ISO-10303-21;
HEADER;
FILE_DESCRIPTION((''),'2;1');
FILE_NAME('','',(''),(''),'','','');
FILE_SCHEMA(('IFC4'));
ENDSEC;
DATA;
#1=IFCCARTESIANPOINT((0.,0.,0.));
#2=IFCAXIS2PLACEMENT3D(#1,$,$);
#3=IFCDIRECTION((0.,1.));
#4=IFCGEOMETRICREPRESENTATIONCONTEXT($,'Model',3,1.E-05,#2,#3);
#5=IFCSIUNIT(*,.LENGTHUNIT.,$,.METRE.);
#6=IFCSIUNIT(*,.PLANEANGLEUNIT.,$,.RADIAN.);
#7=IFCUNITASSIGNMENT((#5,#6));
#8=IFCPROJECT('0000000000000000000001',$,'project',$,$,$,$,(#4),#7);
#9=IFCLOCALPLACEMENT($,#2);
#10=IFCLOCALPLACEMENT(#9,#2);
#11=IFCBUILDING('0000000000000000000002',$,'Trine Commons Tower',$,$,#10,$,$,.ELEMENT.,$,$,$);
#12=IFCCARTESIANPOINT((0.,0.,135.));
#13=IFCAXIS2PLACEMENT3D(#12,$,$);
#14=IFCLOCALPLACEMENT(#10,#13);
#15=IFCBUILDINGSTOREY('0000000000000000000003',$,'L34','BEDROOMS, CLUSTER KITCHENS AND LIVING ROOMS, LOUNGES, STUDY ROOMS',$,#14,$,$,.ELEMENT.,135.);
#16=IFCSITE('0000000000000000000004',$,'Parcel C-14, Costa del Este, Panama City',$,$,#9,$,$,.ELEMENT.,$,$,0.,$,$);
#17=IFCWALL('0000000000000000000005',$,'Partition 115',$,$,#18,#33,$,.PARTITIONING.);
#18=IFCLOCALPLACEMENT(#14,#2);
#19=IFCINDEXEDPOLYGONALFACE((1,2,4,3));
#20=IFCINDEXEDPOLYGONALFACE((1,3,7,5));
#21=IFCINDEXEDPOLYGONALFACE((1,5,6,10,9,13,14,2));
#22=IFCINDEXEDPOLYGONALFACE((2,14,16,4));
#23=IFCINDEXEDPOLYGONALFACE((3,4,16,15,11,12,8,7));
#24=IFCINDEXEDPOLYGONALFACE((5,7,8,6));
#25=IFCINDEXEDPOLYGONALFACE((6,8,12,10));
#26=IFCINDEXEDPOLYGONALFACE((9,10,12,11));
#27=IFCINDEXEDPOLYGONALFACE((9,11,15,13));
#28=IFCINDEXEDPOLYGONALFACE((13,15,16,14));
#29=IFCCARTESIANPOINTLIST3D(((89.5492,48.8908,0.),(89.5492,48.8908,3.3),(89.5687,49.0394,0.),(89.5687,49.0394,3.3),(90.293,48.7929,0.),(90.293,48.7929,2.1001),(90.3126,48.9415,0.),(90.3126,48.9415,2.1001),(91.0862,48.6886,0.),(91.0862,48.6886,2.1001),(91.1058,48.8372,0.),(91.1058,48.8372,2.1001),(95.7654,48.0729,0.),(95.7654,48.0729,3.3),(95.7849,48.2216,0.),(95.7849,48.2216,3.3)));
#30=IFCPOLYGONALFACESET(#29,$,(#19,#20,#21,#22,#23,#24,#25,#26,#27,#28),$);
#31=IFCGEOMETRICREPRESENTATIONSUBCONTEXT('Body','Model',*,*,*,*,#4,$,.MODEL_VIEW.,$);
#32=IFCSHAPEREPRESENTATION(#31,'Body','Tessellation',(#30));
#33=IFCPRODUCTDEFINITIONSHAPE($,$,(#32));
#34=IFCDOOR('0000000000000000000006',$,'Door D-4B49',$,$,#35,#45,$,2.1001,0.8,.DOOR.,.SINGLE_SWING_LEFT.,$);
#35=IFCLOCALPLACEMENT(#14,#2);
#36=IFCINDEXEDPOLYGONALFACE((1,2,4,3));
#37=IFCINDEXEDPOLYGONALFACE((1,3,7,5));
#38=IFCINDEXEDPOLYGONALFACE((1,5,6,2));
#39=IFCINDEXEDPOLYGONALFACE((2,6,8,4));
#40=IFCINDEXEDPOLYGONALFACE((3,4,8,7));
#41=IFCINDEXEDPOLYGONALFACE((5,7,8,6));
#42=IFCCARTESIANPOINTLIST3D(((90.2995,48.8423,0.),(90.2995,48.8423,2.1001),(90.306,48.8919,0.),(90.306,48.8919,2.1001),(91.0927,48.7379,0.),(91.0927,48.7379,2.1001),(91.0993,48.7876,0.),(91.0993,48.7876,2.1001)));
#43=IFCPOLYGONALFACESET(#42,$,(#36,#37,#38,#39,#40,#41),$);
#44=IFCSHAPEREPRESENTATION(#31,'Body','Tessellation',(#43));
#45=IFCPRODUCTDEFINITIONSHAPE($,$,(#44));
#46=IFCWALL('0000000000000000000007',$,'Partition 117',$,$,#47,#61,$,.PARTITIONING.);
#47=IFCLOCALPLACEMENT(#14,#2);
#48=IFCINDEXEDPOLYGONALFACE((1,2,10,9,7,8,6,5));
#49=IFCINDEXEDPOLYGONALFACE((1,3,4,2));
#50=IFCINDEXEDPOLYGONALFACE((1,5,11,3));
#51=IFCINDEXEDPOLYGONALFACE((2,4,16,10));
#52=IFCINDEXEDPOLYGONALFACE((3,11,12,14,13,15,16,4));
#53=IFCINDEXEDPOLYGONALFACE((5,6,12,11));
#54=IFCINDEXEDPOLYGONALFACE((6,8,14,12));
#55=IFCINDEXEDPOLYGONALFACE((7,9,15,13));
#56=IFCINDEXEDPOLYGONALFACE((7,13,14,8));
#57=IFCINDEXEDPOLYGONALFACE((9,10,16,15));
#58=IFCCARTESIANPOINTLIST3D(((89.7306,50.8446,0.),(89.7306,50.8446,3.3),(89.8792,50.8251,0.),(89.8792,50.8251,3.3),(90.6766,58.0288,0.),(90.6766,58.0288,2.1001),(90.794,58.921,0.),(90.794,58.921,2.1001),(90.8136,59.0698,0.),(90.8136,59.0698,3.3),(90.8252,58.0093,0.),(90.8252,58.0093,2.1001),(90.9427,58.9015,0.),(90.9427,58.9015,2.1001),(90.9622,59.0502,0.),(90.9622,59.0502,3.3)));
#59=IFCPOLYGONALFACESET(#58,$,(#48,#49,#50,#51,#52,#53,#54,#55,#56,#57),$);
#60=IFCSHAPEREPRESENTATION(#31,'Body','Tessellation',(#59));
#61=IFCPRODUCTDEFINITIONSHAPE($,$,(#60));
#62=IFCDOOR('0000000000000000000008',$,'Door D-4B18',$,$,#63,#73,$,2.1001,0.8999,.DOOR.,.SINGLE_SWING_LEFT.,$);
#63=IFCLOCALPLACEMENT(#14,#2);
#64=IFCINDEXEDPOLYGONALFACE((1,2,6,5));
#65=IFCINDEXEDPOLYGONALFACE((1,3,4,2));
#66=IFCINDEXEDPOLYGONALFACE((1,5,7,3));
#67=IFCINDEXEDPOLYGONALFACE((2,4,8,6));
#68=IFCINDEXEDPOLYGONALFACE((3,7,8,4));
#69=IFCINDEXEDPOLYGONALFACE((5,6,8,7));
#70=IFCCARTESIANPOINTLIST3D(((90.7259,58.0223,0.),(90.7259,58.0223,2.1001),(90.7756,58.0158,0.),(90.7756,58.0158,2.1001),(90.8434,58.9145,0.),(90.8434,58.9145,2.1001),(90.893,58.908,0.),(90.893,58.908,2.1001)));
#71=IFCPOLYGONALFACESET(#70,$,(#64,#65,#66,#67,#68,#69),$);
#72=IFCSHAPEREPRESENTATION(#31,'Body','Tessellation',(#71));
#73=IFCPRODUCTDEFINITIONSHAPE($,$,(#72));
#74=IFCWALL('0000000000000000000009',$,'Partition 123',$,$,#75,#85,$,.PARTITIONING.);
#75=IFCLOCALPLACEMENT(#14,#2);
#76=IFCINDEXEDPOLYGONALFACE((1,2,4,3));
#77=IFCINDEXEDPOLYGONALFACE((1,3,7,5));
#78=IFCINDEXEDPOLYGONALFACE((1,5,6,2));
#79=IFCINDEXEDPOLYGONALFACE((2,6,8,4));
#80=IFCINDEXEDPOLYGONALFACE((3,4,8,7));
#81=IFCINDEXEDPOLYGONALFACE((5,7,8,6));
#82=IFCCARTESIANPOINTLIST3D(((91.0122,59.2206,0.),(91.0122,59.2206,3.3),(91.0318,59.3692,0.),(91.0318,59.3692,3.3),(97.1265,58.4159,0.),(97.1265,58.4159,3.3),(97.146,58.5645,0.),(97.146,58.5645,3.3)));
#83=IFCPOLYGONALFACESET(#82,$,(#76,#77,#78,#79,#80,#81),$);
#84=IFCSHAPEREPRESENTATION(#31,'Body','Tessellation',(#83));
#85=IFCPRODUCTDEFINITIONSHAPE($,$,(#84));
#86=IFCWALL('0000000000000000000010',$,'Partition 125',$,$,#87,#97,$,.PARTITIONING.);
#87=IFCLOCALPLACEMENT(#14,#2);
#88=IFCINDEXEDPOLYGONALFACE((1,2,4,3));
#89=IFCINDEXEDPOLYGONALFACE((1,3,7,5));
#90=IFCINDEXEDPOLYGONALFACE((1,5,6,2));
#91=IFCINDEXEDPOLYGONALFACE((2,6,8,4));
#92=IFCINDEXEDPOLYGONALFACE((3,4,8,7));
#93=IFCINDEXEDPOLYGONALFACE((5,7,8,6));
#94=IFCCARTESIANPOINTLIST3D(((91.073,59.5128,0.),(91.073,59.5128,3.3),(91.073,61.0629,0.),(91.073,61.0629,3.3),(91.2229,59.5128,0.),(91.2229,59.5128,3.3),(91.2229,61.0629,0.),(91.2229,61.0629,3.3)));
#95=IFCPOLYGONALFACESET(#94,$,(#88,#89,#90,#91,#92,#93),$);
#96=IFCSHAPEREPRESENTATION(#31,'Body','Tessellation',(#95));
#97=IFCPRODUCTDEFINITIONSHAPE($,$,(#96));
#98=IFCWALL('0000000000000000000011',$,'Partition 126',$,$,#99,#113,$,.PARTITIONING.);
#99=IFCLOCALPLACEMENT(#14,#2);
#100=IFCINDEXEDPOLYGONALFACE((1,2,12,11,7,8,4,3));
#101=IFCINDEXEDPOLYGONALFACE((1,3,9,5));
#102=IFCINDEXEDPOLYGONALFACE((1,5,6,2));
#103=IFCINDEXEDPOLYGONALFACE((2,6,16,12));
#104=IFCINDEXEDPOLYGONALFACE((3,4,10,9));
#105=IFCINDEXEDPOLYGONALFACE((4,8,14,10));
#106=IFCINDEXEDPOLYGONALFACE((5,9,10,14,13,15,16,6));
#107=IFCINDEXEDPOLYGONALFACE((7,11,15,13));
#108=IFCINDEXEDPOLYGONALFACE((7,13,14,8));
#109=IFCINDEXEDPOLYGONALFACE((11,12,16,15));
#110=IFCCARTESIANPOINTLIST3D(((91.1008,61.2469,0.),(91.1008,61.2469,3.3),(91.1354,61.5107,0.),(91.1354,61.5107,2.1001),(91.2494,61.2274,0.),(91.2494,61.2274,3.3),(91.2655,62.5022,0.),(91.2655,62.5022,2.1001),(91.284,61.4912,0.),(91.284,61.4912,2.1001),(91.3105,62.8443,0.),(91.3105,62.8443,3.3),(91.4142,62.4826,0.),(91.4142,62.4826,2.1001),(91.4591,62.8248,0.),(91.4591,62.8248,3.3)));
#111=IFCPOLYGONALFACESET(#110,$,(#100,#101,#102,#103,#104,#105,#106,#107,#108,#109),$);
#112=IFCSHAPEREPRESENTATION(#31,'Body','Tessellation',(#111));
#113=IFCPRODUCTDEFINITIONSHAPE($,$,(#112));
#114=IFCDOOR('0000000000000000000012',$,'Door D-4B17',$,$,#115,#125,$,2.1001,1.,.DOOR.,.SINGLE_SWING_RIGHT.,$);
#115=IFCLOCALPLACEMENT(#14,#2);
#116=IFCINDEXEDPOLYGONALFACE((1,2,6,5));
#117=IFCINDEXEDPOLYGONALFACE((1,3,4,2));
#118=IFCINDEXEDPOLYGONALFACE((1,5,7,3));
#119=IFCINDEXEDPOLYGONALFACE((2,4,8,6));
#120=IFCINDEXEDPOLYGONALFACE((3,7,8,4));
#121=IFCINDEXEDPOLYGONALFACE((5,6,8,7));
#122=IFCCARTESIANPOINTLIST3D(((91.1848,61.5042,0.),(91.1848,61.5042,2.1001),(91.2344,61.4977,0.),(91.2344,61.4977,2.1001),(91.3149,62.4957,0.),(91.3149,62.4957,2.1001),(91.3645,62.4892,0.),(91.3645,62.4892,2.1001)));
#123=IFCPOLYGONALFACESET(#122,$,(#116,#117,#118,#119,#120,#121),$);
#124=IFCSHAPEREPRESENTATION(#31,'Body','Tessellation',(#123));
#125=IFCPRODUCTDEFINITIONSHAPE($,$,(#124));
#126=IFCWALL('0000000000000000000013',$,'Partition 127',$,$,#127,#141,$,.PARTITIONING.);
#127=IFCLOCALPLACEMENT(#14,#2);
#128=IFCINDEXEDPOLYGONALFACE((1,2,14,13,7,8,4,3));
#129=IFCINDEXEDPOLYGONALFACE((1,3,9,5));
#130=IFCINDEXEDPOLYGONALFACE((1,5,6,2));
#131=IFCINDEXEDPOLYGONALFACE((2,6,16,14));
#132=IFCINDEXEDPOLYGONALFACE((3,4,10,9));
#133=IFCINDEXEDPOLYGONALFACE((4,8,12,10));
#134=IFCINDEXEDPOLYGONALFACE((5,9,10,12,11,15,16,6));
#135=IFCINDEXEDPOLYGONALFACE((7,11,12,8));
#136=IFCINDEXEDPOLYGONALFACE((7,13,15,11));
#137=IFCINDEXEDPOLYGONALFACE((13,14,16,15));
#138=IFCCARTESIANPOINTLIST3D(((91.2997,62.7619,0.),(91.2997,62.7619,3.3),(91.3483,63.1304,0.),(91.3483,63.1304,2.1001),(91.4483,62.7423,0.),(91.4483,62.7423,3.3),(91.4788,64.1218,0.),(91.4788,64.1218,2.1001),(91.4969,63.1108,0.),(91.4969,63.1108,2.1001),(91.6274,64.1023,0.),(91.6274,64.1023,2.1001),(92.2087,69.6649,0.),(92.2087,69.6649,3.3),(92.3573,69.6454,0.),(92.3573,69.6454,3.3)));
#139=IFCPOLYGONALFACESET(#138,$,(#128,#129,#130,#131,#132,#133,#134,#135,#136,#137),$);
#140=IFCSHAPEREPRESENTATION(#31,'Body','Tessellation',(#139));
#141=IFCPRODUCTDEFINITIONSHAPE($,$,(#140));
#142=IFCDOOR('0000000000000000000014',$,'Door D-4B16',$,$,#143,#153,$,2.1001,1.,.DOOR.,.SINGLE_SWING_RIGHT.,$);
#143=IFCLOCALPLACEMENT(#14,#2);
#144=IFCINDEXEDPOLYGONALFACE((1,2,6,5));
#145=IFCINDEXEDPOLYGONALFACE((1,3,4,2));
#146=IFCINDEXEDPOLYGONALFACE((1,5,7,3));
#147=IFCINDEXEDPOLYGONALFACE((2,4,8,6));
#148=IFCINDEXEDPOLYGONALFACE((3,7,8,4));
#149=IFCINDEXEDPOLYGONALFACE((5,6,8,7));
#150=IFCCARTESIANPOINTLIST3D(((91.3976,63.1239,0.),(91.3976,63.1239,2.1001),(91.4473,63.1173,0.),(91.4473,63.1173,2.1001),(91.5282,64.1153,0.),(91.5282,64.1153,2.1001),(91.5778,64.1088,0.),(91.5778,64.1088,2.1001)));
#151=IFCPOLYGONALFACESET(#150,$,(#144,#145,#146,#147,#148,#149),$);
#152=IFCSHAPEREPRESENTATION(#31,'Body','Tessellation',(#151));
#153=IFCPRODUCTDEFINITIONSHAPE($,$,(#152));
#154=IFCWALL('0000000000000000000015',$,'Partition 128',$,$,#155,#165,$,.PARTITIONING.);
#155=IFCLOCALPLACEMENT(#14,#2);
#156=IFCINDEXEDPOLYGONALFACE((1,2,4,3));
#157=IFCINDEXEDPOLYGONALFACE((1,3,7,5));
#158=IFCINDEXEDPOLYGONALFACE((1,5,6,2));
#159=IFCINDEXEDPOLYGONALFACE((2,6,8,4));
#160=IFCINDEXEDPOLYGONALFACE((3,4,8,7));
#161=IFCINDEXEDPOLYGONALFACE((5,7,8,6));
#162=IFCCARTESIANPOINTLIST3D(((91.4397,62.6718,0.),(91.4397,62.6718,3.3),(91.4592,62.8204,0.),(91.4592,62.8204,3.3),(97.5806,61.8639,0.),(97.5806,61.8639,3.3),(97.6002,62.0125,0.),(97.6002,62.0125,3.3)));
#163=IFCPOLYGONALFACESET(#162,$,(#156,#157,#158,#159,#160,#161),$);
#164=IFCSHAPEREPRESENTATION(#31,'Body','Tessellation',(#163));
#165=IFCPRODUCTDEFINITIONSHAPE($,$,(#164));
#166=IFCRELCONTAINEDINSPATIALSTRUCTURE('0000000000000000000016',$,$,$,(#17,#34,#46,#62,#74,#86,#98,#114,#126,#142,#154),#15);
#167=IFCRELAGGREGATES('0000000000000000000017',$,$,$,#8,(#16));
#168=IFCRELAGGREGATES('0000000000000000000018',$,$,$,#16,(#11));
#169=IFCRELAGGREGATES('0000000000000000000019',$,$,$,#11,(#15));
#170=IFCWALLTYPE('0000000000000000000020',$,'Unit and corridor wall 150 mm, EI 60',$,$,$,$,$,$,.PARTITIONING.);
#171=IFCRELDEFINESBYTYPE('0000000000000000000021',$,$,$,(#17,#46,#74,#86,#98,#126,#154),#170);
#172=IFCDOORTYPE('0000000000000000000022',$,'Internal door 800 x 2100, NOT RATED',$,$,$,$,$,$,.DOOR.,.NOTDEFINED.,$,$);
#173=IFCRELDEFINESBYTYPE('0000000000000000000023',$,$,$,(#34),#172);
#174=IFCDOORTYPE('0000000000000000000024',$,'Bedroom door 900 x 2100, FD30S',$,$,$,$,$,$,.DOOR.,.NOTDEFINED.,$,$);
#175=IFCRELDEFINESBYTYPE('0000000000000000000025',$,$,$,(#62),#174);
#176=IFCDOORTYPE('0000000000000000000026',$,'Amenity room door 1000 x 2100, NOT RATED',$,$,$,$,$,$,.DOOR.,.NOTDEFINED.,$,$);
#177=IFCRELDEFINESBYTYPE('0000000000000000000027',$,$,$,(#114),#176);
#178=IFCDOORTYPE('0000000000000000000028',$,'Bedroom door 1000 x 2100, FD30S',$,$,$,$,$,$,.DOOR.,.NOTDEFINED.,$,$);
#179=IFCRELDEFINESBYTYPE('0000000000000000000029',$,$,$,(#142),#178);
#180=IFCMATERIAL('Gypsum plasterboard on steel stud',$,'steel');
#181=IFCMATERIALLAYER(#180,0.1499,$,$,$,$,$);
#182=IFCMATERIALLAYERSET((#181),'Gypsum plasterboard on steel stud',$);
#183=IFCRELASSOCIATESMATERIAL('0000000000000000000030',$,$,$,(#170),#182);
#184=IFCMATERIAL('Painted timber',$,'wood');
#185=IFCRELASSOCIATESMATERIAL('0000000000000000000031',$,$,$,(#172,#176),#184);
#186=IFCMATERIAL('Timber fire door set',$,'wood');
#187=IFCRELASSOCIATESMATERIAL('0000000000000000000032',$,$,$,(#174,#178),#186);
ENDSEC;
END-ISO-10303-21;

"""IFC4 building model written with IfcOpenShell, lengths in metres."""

from ifc_helpers import new_model, si_unit, direction, frame, frame_2d, origin, place, context, subcontext, project, spatial, rectangle, extrude, material, layer, layer_set, type_object, element, fill, save


model = new_model("IFC4")

# Units and contexts
model_context = context("Model", 3, precision=1e-05, world=origin(), true_north=direction((0.0, 1.0)))
body_context = subcontext(model_context, "Body", "Model", "MODEL_VIEW")
ifc_project = project(units=[si_unit("LENGTHUNIT", "METRE"), si_unit("PLANEANGLEUNIT", "RADIAN")], contexts=[model_context])

# Site, building, storey
site_placement = place(None, origin())
site = spatial("IfcSite", under=ifc_project, at=site_placement, Name="Parcel C-14, Costa del Este, Panama City", CompositionType="ELEMENT", RefElevation=0.0)
building_placement = place(site_placement, origin())
building = spatial("IfcBuilding", under=site, at=building_placement, Name="Trine Commons Tower", CompositionType="ELEMENT")
storey_placement = place(building_placement, frame((0.0, 0.0, 135.0)))
storey = spatial("IfcBuildingStorey", under=building, at=storey_placement, Name="L34", Description="BEDROOMS, CLUSTER KITCHENS AND LIVING ROOMS, LOUNGES, STUDY ROOMS", CompositionType="ELEMENT", Elevation=135.0)

# Shared definitions
ifc_material_1 = material(Name="Gypsum plasterboard on steel stud", Category="steel")
ifc_layer_1 = layer(ifc_material_1, 0.1499)
ifc_layer_set_1 = layer_set([ifc_layer_1], Name="Gypsum plasterboard on steel stud")
wall_type_1 = type_object("IfcWallType", Name="Unit and corridor wall 150 mm, EI 60", PredefinedType="PARTITIONING", material=ifc_layer_set_1)

# Walls, openings, doors
wall_1_placement = place(storey_placement, frame((89.5591, 48.9651, 0.0), z_axis=(0.0, 0.0, 1.0), x_axis=(0.991456, -0.130444, 0.0)))
wall_1 = element("IfcWall", 1, at=wall_1_placement, inside=storey, type_object=wall_type_1, Name="Partition 115", PredefinedType="PARTITIONING", context=body_context, shape_type="SweptSolid", body=[
    extrude(rectangle(XDim=6.2698, YDim=0.1499, at=frame_2d((3.1348, 0.0))), origin(), (0.0, 0.0, 1.0), 3.3),
])
opening_1_placement = place(wall_1_placement, frame((0.7502, 0.0, 0.0)))
opening_1 = element("IfcOpeningElement", 2, at=opening_1_placement, cuts=wall_1, PredefinedType="OPENING", context=body_context, shape_type="SweptSolid", body=[
    extrude(rectangle(XDim=0.8, YDim=2.1001, at=frame_2d((0.3999, 1.05))), frame((0.0, 0.085, 0.0), z_axis=(0.0, -1.0, 0.0), x_axis=(1.0, 0.0, 0.0)), (0.0, 0.0, 1.0), 0.1699),
])
ifc_material_2 = material(Name="Painted timber", Category="wood")
door_type_1 = type_object("IfcDoorType", Name="Internal door 800 x 2100, NOT RATED", OperationType="NOTDEFINED", PredefinedType="DOOR", material=ifc_material_2)
door_1_placement = place(opening_1_placement, origin())
door_1 = element("IfcDoor", 3, at=door_1_placement, inside=storey, type_object=door_type_1, Name="Door D-4B49", OperationType="SINGLE_SWING_LEFT", OverallHeight=2.1001, OverallWidth=0.8, PredefinedType="DOOR", context=body_context, shape_type="SweptSolid", body=[
    extrude(rectangle(XDim=0.8, YDim=2.1001, at=frame_2d((0.3999, 1.05))), frame((0.0, 0.0249, 0.0), z_axis=(0.0, -1.0, 0.0), x_axis=(1.0, 0.0, 0.0)), (0.0, 0.0, 1.0), 0.05),
])
fill(opening_1, door_1)
wall_2_placement = place(storey_placement, frame((89.8049, 50.835, 0.0), z_axis=(0.0, 0.0, 1.0), x_axis=(0.130544, 0.991442, 0.0)))
wall_2 = element("IfcWall", 4, at=wall_2_placement, inside=storey, type_object=wall_type_1, Name="Partition 117", PredefinedType="PARTITIONING", context=body_context, shape_type="SweptSolid", body=[
    extrude(rectangle(XDim=8.2961, YDim=0.1499, at=frame_2d((4.1479, 0.0))), origin(), (0.0, 0.0, 1.0), 3.3),
])
opening_2_placement = place(wall_2_placement, frame((7.2461, 0.0, 0.0)))
opening_2 = element("IfcOpeningElement", 5, at=opening_2_placement, cuts=wall_2, PredefinedType="OPENING", context=body_context, shape_type="SweptSolid", body=[
    extrude(rectangle(XDim=0.8999, YDim=2.1001, at=frame_2d((0.45, 1.05))), frame((0.0, 0.085, 0.0), z_axis=(0.0, -1.0, 0.0), x_axis=(1.0, 0.0, 0.0)), (0.0, 0.0, 1.0), 0.1699),
])
ifc_material_3 = material(Name="Timber fire door set", Category="wood")
door_type_2 = type_object("IfcDoorType", Name="Bedroom door 900 x 2100, FD30S", OperationType="NOTDEFINED", PredefinedType="DOOR", material=ifc_material_3)
door_2_placement = place(opening_2_placement, frame((0.8999, 0.0, 0.0), z_axis=(0.0, 0.0, 1.0), x_axis=(-1.0, 0.0, 0.0)))
door_2 = element("IfcDoor", 6, at=door_2_placement, inside=storey, type_object=door_type_2, Name="Door D-4B18", OperationType="SINGLE_SWING_LEFT", OverallHeight=2.1001, OverallWidth=0.8999, PredefinedType="DOOR", context=body_context, shape_type="SweptSolid", body=[
    extrude(rectangle(XDim=0.8999, YDim=2.1001, at=frame_2d((0.45, 1.05))), frame((0.0, 0.0249, 0.0), z_axis=(0.0, -1.0, 0.0), x_axis=(1.0, 0.0, 0.0)), (0.0, 0.0, 1.0), 0.05),
])
fill(opening_2, door_2)

# Walls
wall_3_placement = place(storey_placement, frame((91.022, 59.2949, 0.0), z_axis=(0.0, 0.0, 1.0), x_axis=(0.991451, -0.130483, 0.0)))
element("IfcWall", 7, at=wall_3_placement, inside=storey, type_object=wall_type_1, Name="Partition 123", PredefinedType="PARTITIONING", context=body_context, shape_type="SweptSolid", body=[
    extrude(rectangle(XDim=6.167, YDim=0.1499, at=frame_2d((3.0835, 0.0))), origin(), (0.0, 0.0, 1.0), 3.3),
])
wall_4_placement = place(storey_placement, frame((91.1479, 59.5129, 0.0), z_axis=(0.0, 0.0, 1.0), x_axis=(0.0, 1.0, 0.0)))
element("IfcWall", 8, at=wall_4_placement, inside=storey, type_object=wall_type_1, Name="Partition 125", PredefinedType="PARTITIONING", context=body_context, shape_type="SweptSolid", body=[
    extrude(rectangle(XDim=1.55, YDim=0.1499, at=frame_2d((0.7749, 0.0))), origin(), (0.0, 0.0, 1.0), 3.3),
])

# Walls, openings, doors
wall_5_placement = place(storey_placement, frame((91.175, 61.2371, 0.0), z_axis=(0.0, 0.0, 1.0), x_axis=(0.130168, 0.991492, 0.0)))
wall_5 = element("IfcWall", 9, at=wall_5_placement, inside=storey, type_object=wall_type_1, Name="Partition 126", PredefinedType="PARTITIONING", context=body_context, shape_type="SweptSolid", body=[
    extrude(rectangle(XDim=1.6111, YDim=0.1499, at=frame_2d((0.8057, 0.0))), origin(), (0.0, 0.0, 1.0), 3.3),
])
opening_3_placement = place(wall_5_placement, frame((0.2661, 0.0, 0.0)))
opening_3 = element("IfcOpeningElement", 10, at=opening_3_placement, cuts=wall_5, PredefinedType="OPENING", context=body_context, shape_type="SweptSolid", body=[
    extrude(rectangle(XDim=1.0, YDim=2.1001, at=frame_2d((0.5, 1.05))), frame((0.0, 0.085, 0.0), z_axis=(0.0, -1.0, 0.0), x_axis=(1.0, 0.0, 0.0)), (0.0, 0.0, 1.0), 0.1699),
])
door_type_3 = type_object("IfcDoorType", Name="Amenity room door 1000 x 2100, NOT RATED", OperationType="NOTDEFINED", PredefinedType="DOOR", material=ifc_material_2)
door_3_placement = place(opening_3_placement, frame((1.0, 0.0, 0.0), z_axis=(0.0, 0.0, 1.0), x_axis=(-1.0, 0.0, 0.0)))
door_3 = element("IfcDoor", 11, at=door_3_placement, inside=storey, type_object=door_type_3, Name="Door D-4B17", OperationType="SINGLE_SWING_RIGHT", OverallHeight=2.1001, OverallWidth=1.0, PredefinedType="DOOR", context=body_context, shape_type="SweptSolid", body=[
    extrude(rectangle(XDim=1.0, YDim=2.1001, at=frame_2d((0.5, 1.05))), frame((0.0, 0.0249, 0.0), z_axis=(0.0, -1.0, 0.0), x_axis=(1.0, 0.0, 0.0)), (0.0, 0.0, 1.0), 0.05),
])
fill(opening_3, door_3)
wall_6_placement = place(storey_placement, frame((91.374, 62.752, 0.0), z_axis=(0.0, 0.0, 1.0), x_axis=(0.130544, 0.991442, 0.0)))
wall_6 = element("IfcWall", 12, at=wall_6_placement, inside=storey, type_object=wall_type_1, Name="Partition 127", PredefinedType="PARTITIONING", context=body_context, shape_type="SweptSolid", body=[
    extrude(rectangle(XDim=6.9626, YDim=0.1499, at=frame_2d((3.4814, 0.0))), origin(), (0.0, 0.0, 1.0), 3.3),
])
opening_4_placement = place(wall_6_placement, frame((0.3718, 0.0, 0.0)))
opening_4 = element("IfcOpeningElement", 13, at=opening_4_placement, cuts=wall_6, PredefinedType="OPENING", context=body_context, shape_type="SweptSolid", body=[
    extrude(rectangle(XDim=1.0, YDim=2.1001, at=frame_2d((0.5, 1.05))), frame((0.0, 0.085, 0.0), z_axis=(0.0, -1.0, 0.0), x_axis=(1.0, 0.0, 0.0)), (0.0, 0.0, 1.0), 0.1699),
])
door_type_4 = type_object("IfcDoorType", Name="Bedroom door 1000 x 2100, FD30S", OperationType="NOTDEFINED", PredefinedType="DOOR", material=ifc_material_3)
door_4_placement = place(opening_4_placement, frame((1.0, 0.0, 0.0), z_axis=(0.0, 0.0, 1.0), x_axis=(-1.0, 0.0, 0.0)))
door_4 = element("IfcDoor", 14, at=door_4_placement, inside=storey, type_object=door_type_4, Name="Door D-4B16", OperationType="SINGLE_SWING_RIGHT", OverallHeight=2.1001, OverallWidth=1.0, PredefinedType="DOOR", context=body_context, shape_type="SweptSolid", body=[
    extrude(rectangle(XDim=1.0, YDim=2.1001, at=frame_2d((0.5, 1.05))), frame((0.0, 0.0249, 0.0), z_axis=(0.0, -1.0, 0.0), x_axis=(1.0, 0.0, 0.0)), (0.0, 0.0, 1.0), 0.05),
])
fill(opening_4, door_4)

# Wall
wall_7_placement = place(storey_placement, frame((91.4495, 62.7461, 0.0), z_axis=(0.0, 0.0, 1.0), x_axis=(0.991457, -0.130431, 0.0)))
element("IfcWall", 15, at=wall_7_placement, inside=storey, type_object=wall_type_1, Name="Partition 128", PredefinedType="PARTITIONING", context=body_context, shape_type="SweptSolid", body=[
    extrude(rectangle(XDim=6.1938, YDim=0.1499, at=frame_2d((3.0969, 0.0))), origin(), (0.0, 0.0, 1.0), 3.3),
])

save(model, "model.ifc")
